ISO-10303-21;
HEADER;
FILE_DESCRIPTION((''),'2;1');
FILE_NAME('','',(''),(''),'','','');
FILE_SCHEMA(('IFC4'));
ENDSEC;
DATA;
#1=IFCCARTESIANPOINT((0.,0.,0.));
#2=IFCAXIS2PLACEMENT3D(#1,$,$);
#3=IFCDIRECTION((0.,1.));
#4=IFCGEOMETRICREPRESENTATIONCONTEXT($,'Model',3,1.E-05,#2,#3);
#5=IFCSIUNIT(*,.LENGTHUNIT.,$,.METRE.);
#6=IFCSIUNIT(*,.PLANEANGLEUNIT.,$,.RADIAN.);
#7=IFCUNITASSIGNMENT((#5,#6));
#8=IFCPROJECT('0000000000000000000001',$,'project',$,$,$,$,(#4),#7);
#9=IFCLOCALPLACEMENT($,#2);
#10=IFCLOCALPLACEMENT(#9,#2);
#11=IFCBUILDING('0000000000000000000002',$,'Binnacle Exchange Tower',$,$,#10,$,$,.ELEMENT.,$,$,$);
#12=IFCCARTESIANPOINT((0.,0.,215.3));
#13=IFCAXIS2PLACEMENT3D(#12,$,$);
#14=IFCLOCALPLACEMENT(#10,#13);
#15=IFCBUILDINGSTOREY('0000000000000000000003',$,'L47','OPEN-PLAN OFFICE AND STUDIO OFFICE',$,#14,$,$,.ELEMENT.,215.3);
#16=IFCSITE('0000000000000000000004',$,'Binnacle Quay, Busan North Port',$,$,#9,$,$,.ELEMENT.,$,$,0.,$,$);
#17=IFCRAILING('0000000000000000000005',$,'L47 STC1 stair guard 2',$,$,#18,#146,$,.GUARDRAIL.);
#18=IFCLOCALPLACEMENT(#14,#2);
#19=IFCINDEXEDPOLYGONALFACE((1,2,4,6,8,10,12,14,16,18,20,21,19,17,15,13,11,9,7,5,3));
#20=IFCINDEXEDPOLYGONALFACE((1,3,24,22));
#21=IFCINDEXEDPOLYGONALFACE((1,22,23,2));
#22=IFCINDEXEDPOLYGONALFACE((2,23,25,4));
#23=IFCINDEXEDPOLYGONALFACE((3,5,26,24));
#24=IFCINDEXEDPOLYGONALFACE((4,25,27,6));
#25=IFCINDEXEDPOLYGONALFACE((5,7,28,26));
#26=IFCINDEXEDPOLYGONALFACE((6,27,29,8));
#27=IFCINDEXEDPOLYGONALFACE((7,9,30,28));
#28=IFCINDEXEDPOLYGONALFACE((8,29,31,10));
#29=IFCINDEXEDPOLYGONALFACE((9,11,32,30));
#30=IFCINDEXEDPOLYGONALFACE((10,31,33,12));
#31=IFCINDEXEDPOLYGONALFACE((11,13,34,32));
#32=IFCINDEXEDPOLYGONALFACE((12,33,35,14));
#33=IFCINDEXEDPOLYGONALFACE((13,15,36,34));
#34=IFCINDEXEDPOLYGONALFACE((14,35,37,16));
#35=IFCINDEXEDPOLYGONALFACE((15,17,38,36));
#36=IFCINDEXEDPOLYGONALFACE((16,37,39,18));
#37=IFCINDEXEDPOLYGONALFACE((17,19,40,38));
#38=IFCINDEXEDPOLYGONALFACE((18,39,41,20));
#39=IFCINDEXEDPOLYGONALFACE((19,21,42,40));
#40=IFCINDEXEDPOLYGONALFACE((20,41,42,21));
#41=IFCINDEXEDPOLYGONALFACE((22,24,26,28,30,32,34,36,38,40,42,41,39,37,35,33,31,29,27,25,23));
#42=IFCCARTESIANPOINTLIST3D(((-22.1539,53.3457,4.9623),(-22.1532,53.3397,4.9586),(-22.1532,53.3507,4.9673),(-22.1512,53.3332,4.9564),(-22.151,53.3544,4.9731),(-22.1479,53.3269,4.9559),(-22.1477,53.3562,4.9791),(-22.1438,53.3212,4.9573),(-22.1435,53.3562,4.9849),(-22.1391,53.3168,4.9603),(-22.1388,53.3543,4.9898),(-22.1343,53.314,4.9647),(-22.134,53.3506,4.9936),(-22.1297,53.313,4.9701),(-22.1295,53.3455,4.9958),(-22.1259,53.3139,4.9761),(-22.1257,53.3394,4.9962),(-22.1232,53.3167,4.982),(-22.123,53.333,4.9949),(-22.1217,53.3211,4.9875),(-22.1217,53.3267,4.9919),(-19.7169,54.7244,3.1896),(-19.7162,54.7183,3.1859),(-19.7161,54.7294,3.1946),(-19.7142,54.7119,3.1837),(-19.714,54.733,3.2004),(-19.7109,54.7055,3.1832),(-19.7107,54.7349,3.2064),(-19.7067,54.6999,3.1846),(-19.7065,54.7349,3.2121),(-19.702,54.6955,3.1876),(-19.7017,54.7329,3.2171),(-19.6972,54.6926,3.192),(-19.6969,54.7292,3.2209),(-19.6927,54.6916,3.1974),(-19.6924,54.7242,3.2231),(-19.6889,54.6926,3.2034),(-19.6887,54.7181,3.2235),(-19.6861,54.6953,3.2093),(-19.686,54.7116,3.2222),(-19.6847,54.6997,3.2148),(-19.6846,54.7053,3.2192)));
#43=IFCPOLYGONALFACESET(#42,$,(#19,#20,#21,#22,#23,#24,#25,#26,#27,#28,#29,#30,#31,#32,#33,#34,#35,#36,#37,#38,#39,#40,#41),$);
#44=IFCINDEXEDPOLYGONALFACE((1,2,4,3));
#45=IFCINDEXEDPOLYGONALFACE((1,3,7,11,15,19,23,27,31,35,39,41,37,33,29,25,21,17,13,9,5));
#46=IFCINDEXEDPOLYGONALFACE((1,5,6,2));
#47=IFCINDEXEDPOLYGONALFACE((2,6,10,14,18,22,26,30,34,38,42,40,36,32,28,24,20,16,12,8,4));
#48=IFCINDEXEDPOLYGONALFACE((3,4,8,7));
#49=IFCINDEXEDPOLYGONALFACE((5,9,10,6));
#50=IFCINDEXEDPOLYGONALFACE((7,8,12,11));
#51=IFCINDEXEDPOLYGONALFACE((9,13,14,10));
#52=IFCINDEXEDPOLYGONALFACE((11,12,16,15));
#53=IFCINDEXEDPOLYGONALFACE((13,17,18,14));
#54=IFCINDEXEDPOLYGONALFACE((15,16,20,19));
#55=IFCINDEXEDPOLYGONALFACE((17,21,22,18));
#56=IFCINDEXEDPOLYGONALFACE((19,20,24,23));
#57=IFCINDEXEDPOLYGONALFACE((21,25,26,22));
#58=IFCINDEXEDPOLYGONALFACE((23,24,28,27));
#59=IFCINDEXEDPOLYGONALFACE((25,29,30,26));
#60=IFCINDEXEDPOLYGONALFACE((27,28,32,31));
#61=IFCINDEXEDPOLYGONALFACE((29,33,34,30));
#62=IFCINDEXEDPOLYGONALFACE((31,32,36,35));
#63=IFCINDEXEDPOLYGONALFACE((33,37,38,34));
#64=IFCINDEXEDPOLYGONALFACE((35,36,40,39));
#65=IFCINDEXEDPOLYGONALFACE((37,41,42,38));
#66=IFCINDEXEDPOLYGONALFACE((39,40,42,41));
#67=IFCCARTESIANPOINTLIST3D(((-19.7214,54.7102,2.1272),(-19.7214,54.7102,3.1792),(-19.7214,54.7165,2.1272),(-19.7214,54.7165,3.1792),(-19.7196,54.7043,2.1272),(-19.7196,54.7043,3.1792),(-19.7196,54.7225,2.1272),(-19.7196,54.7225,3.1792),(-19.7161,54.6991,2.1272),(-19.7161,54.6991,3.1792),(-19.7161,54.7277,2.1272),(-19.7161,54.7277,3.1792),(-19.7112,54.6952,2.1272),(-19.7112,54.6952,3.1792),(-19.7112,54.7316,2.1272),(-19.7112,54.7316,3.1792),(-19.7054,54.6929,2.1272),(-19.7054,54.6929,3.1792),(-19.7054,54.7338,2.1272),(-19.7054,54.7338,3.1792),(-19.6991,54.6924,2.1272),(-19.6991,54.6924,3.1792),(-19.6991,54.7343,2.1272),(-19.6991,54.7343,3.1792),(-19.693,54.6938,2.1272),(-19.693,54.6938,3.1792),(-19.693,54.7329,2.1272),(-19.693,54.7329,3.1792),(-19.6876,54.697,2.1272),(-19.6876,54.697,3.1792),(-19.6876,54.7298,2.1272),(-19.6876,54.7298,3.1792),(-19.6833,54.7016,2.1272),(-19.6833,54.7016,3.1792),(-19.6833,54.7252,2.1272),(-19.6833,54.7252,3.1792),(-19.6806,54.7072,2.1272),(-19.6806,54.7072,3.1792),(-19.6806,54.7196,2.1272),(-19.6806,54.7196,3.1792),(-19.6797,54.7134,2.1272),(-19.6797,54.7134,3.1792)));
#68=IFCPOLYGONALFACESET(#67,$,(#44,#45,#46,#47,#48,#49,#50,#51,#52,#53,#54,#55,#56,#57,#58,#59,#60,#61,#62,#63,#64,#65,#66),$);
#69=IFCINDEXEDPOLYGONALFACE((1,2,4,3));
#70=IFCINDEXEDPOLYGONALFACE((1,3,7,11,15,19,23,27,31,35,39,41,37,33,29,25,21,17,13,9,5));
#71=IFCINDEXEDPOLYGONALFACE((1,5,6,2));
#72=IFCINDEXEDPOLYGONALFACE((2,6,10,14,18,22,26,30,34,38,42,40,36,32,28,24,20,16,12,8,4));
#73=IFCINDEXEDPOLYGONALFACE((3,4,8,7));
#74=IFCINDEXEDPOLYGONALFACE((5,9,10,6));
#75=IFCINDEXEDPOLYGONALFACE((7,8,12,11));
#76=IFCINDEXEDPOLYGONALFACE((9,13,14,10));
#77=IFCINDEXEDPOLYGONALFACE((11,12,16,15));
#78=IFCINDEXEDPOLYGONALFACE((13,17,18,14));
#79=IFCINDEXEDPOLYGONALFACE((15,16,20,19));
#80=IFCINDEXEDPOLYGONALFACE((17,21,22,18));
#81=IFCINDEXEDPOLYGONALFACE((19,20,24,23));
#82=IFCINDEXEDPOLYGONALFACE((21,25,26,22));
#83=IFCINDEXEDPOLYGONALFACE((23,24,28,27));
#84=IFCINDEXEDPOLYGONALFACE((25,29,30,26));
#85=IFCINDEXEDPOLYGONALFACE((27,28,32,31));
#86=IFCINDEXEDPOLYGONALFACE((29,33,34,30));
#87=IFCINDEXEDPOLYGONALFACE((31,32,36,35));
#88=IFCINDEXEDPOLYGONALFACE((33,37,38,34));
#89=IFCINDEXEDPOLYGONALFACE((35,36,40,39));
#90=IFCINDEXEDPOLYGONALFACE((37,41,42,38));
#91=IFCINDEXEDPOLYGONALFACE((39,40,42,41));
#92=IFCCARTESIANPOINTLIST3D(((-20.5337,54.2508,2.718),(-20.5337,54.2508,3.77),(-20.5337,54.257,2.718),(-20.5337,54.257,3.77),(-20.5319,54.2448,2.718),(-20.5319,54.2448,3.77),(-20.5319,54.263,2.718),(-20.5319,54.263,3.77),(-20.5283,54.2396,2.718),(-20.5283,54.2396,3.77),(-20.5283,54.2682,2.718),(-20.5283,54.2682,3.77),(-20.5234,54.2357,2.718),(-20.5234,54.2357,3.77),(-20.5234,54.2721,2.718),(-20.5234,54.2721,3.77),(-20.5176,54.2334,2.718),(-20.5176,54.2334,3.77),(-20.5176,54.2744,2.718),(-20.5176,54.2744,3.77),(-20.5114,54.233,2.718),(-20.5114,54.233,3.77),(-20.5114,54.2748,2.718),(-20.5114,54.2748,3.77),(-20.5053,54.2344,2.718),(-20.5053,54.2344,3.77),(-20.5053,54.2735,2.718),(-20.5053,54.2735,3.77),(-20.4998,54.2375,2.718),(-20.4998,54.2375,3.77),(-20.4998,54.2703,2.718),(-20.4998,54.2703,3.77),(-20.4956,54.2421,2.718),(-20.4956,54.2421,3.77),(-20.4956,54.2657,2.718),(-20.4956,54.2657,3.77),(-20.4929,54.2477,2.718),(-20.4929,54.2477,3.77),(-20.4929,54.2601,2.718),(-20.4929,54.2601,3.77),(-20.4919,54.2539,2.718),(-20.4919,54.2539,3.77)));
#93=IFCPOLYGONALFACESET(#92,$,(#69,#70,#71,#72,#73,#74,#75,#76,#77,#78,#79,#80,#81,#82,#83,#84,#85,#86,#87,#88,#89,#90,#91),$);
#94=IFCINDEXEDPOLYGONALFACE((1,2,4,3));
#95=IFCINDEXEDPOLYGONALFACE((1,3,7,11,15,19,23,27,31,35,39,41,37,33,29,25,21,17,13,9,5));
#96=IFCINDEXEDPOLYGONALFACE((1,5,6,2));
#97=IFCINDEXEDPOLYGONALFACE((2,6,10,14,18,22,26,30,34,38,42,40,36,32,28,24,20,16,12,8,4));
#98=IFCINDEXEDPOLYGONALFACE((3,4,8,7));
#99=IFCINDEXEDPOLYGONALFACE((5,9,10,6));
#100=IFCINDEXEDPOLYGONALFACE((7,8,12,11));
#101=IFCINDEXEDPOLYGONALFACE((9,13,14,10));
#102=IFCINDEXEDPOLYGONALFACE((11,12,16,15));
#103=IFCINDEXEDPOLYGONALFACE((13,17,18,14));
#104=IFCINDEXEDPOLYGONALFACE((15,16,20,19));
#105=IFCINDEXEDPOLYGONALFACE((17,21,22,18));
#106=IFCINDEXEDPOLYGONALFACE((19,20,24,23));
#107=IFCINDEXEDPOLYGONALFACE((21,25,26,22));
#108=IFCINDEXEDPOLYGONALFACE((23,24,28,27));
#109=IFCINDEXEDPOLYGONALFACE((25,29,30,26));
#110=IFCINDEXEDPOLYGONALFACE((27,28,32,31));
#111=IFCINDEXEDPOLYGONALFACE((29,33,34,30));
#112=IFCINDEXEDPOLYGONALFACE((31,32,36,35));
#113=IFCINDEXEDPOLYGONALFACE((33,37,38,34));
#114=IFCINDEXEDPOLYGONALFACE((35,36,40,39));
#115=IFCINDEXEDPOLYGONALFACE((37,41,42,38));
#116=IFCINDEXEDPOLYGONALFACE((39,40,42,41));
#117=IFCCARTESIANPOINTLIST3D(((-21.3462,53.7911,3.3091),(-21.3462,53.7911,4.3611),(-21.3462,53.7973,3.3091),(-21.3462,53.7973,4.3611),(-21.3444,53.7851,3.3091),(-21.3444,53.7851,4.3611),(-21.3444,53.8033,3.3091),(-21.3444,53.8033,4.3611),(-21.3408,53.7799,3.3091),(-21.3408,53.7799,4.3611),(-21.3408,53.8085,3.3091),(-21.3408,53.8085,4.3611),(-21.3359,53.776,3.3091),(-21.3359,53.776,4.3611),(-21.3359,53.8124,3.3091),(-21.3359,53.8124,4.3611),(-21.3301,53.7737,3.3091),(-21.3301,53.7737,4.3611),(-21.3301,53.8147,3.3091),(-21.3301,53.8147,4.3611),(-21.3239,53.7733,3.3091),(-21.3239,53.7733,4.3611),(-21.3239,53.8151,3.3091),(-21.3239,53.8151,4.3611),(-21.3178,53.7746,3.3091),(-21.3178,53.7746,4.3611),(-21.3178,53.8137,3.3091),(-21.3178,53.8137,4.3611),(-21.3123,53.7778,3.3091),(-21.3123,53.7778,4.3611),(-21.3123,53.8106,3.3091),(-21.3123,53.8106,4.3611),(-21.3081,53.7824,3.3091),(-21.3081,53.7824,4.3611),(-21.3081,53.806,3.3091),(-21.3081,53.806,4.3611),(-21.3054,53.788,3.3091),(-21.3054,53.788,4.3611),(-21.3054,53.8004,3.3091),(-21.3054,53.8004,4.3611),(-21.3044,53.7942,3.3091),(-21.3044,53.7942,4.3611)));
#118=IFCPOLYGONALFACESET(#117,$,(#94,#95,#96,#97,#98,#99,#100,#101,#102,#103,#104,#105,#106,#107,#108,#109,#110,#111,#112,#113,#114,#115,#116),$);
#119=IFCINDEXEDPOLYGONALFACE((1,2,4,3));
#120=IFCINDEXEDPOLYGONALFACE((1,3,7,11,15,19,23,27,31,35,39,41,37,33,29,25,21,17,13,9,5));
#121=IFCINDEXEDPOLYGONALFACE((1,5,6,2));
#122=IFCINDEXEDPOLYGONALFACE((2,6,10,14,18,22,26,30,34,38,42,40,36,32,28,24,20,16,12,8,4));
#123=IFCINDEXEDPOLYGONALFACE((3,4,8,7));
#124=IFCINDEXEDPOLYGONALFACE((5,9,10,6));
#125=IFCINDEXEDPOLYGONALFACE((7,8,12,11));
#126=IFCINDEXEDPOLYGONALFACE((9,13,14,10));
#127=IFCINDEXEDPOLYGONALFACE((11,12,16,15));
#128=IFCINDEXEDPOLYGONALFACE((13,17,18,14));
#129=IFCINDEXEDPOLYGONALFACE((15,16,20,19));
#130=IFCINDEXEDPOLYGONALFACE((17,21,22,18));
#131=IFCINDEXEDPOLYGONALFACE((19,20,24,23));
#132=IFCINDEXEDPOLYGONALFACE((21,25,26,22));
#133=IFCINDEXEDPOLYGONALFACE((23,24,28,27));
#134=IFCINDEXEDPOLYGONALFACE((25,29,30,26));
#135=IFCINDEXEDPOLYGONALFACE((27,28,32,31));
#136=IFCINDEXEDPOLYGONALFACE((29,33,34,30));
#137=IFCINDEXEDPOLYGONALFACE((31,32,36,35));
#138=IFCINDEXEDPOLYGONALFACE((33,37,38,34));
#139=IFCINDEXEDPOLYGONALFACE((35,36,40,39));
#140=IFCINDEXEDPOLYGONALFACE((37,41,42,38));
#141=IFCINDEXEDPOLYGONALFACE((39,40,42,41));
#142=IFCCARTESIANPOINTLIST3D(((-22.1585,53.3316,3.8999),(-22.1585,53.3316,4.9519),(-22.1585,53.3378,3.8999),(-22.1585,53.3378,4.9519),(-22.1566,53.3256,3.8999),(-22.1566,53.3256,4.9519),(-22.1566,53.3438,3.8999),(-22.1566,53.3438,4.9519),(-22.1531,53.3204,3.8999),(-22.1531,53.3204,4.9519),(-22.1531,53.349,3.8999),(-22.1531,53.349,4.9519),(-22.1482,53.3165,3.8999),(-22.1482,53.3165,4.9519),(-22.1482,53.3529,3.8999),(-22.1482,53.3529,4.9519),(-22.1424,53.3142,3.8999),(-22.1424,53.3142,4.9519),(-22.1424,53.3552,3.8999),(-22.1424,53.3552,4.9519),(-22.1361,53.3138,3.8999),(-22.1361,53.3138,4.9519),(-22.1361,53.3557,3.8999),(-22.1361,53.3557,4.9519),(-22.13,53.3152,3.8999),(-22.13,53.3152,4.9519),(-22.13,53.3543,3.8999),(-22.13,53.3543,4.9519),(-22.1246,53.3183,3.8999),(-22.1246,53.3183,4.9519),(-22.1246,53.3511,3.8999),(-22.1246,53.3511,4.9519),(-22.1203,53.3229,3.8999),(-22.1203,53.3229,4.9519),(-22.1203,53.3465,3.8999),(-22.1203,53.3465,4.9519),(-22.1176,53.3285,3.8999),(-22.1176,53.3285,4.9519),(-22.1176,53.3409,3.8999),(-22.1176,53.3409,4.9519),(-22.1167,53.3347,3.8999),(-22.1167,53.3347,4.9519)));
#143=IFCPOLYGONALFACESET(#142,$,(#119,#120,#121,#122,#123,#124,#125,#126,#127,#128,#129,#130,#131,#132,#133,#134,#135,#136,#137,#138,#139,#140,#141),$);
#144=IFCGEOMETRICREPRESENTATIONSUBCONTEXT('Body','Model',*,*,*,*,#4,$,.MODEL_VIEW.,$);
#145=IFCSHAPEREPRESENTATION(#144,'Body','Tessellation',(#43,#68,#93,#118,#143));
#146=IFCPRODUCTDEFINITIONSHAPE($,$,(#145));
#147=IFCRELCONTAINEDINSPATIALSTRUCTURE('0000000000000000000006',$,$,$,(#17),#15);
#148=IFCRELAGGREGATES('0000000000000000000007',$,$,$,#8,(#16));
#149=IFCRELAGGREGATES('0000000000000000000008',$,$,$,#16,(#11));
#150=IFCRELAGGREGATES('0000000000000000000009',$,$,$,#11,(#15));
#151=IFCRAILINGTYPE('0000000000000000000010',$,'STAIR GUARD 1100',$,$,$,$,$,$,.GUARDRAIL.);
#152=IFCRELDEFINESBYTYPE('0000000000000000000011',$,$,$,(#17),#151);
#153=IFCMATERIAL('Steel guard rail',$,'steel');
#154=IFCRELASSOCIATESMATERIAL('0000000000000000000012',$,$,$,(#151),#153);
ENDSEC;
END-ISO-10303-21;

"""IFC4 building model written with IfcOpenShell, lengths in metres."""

from ifc_helpers import new_model, si_unit, direction, frame, origin, origin_2d, place, context, subcontext, project, spatial, circle, extrude, material, type_object, element, save


model = new_model("IFC4")

# Units and contexts
model_context = context("Model", 3, precision=1e-05, world=origin(), true_north=direction((0.0, 1.0)))
body_context = subcontext(model_context, "Body", "Model", "MODEL_VIEW")
ifc_project = project(units=[si_unit("LENGTHUNIT", "METRE"), si_unit("PLANEANGLEUNIT", "RADIAN")], contexts=[model_context])

# Site, building, storey
site_placement = place(None, origin())
site = spatial("IfcSite", under=ifc_project, at=site_placement, Name="Binnacle Quay, Busan North Port", CompositionType="ELEMENT", RefElevation=0.0)
building_placement = place(site_placement, origin())
building = spatial("IfcBuilding", under=site, at=building_placement, Name="Binnacle Exchange Tower", CompositionType="ELEMENT")
storey_placement = place(building_placement, frame((0.0, 0.0, 215.3)))
storey = spatial("IfcBuildingStorey", under=building, at=storey_placement, Name="L47", Description="OPEN-PLAN OFFICE AND STUDIO OFFICE", CompositionType="ELEMENT", Elevation=215.3)

# Railing
ifc_material_1 = material(Name="Steel guard rail", Category="steel")
railing_type_1 = type_object("IfcRailingType", Name="STAIR GUARD 1100", PredefinedType="GUARDRAIL", material=ifc_material_1)
railing_1_placement = place(storey_placement, frame((-19.7007, 54.7134, 2.1272)))
element("IfcRailing", 1, at=railing_1_placement, inside=storey, type_object=railing_type_1, Name="L47 STC1 stair guard 2", PredefinedType="GUARDRAIL", context=body_context, shape_type="SweptSolid", body=[
    extrude(circle(Radius=0.0239, at=origin_2d()), frame((0.0, 0.0, 1.0762), z_axis=(-0.735381, -0.416019, 0.534923), x_axis=(0.492388, -0.870376, 0.0)), (0.0, 0.0, 1.0), 3.314),
    extrude(circle(Radius=0.021, at=origin_2d()), origin(), (0.0, 0.0, 1.0), 1.052),
    extrude(circle(Radius=0.021, at=origin_2d()), frame((-0.8123, -0.4595, 0.5908)), (0.0, 0.0, 1.0), 1.052),
    extrude(circle(Radius=0.021, at=origin_2d()), frame((-1.6248, -0.9192, 1.1819)), (0.0, 0.0, 1.0), 1.052),
    extrude(circle(Radius=0.021, at=origin_2d()), frame((-2.437, -1.3787, 1.7727)), (0.0, 0.0, 1.0), 1.052),
])

save(model, "model.ifc")
